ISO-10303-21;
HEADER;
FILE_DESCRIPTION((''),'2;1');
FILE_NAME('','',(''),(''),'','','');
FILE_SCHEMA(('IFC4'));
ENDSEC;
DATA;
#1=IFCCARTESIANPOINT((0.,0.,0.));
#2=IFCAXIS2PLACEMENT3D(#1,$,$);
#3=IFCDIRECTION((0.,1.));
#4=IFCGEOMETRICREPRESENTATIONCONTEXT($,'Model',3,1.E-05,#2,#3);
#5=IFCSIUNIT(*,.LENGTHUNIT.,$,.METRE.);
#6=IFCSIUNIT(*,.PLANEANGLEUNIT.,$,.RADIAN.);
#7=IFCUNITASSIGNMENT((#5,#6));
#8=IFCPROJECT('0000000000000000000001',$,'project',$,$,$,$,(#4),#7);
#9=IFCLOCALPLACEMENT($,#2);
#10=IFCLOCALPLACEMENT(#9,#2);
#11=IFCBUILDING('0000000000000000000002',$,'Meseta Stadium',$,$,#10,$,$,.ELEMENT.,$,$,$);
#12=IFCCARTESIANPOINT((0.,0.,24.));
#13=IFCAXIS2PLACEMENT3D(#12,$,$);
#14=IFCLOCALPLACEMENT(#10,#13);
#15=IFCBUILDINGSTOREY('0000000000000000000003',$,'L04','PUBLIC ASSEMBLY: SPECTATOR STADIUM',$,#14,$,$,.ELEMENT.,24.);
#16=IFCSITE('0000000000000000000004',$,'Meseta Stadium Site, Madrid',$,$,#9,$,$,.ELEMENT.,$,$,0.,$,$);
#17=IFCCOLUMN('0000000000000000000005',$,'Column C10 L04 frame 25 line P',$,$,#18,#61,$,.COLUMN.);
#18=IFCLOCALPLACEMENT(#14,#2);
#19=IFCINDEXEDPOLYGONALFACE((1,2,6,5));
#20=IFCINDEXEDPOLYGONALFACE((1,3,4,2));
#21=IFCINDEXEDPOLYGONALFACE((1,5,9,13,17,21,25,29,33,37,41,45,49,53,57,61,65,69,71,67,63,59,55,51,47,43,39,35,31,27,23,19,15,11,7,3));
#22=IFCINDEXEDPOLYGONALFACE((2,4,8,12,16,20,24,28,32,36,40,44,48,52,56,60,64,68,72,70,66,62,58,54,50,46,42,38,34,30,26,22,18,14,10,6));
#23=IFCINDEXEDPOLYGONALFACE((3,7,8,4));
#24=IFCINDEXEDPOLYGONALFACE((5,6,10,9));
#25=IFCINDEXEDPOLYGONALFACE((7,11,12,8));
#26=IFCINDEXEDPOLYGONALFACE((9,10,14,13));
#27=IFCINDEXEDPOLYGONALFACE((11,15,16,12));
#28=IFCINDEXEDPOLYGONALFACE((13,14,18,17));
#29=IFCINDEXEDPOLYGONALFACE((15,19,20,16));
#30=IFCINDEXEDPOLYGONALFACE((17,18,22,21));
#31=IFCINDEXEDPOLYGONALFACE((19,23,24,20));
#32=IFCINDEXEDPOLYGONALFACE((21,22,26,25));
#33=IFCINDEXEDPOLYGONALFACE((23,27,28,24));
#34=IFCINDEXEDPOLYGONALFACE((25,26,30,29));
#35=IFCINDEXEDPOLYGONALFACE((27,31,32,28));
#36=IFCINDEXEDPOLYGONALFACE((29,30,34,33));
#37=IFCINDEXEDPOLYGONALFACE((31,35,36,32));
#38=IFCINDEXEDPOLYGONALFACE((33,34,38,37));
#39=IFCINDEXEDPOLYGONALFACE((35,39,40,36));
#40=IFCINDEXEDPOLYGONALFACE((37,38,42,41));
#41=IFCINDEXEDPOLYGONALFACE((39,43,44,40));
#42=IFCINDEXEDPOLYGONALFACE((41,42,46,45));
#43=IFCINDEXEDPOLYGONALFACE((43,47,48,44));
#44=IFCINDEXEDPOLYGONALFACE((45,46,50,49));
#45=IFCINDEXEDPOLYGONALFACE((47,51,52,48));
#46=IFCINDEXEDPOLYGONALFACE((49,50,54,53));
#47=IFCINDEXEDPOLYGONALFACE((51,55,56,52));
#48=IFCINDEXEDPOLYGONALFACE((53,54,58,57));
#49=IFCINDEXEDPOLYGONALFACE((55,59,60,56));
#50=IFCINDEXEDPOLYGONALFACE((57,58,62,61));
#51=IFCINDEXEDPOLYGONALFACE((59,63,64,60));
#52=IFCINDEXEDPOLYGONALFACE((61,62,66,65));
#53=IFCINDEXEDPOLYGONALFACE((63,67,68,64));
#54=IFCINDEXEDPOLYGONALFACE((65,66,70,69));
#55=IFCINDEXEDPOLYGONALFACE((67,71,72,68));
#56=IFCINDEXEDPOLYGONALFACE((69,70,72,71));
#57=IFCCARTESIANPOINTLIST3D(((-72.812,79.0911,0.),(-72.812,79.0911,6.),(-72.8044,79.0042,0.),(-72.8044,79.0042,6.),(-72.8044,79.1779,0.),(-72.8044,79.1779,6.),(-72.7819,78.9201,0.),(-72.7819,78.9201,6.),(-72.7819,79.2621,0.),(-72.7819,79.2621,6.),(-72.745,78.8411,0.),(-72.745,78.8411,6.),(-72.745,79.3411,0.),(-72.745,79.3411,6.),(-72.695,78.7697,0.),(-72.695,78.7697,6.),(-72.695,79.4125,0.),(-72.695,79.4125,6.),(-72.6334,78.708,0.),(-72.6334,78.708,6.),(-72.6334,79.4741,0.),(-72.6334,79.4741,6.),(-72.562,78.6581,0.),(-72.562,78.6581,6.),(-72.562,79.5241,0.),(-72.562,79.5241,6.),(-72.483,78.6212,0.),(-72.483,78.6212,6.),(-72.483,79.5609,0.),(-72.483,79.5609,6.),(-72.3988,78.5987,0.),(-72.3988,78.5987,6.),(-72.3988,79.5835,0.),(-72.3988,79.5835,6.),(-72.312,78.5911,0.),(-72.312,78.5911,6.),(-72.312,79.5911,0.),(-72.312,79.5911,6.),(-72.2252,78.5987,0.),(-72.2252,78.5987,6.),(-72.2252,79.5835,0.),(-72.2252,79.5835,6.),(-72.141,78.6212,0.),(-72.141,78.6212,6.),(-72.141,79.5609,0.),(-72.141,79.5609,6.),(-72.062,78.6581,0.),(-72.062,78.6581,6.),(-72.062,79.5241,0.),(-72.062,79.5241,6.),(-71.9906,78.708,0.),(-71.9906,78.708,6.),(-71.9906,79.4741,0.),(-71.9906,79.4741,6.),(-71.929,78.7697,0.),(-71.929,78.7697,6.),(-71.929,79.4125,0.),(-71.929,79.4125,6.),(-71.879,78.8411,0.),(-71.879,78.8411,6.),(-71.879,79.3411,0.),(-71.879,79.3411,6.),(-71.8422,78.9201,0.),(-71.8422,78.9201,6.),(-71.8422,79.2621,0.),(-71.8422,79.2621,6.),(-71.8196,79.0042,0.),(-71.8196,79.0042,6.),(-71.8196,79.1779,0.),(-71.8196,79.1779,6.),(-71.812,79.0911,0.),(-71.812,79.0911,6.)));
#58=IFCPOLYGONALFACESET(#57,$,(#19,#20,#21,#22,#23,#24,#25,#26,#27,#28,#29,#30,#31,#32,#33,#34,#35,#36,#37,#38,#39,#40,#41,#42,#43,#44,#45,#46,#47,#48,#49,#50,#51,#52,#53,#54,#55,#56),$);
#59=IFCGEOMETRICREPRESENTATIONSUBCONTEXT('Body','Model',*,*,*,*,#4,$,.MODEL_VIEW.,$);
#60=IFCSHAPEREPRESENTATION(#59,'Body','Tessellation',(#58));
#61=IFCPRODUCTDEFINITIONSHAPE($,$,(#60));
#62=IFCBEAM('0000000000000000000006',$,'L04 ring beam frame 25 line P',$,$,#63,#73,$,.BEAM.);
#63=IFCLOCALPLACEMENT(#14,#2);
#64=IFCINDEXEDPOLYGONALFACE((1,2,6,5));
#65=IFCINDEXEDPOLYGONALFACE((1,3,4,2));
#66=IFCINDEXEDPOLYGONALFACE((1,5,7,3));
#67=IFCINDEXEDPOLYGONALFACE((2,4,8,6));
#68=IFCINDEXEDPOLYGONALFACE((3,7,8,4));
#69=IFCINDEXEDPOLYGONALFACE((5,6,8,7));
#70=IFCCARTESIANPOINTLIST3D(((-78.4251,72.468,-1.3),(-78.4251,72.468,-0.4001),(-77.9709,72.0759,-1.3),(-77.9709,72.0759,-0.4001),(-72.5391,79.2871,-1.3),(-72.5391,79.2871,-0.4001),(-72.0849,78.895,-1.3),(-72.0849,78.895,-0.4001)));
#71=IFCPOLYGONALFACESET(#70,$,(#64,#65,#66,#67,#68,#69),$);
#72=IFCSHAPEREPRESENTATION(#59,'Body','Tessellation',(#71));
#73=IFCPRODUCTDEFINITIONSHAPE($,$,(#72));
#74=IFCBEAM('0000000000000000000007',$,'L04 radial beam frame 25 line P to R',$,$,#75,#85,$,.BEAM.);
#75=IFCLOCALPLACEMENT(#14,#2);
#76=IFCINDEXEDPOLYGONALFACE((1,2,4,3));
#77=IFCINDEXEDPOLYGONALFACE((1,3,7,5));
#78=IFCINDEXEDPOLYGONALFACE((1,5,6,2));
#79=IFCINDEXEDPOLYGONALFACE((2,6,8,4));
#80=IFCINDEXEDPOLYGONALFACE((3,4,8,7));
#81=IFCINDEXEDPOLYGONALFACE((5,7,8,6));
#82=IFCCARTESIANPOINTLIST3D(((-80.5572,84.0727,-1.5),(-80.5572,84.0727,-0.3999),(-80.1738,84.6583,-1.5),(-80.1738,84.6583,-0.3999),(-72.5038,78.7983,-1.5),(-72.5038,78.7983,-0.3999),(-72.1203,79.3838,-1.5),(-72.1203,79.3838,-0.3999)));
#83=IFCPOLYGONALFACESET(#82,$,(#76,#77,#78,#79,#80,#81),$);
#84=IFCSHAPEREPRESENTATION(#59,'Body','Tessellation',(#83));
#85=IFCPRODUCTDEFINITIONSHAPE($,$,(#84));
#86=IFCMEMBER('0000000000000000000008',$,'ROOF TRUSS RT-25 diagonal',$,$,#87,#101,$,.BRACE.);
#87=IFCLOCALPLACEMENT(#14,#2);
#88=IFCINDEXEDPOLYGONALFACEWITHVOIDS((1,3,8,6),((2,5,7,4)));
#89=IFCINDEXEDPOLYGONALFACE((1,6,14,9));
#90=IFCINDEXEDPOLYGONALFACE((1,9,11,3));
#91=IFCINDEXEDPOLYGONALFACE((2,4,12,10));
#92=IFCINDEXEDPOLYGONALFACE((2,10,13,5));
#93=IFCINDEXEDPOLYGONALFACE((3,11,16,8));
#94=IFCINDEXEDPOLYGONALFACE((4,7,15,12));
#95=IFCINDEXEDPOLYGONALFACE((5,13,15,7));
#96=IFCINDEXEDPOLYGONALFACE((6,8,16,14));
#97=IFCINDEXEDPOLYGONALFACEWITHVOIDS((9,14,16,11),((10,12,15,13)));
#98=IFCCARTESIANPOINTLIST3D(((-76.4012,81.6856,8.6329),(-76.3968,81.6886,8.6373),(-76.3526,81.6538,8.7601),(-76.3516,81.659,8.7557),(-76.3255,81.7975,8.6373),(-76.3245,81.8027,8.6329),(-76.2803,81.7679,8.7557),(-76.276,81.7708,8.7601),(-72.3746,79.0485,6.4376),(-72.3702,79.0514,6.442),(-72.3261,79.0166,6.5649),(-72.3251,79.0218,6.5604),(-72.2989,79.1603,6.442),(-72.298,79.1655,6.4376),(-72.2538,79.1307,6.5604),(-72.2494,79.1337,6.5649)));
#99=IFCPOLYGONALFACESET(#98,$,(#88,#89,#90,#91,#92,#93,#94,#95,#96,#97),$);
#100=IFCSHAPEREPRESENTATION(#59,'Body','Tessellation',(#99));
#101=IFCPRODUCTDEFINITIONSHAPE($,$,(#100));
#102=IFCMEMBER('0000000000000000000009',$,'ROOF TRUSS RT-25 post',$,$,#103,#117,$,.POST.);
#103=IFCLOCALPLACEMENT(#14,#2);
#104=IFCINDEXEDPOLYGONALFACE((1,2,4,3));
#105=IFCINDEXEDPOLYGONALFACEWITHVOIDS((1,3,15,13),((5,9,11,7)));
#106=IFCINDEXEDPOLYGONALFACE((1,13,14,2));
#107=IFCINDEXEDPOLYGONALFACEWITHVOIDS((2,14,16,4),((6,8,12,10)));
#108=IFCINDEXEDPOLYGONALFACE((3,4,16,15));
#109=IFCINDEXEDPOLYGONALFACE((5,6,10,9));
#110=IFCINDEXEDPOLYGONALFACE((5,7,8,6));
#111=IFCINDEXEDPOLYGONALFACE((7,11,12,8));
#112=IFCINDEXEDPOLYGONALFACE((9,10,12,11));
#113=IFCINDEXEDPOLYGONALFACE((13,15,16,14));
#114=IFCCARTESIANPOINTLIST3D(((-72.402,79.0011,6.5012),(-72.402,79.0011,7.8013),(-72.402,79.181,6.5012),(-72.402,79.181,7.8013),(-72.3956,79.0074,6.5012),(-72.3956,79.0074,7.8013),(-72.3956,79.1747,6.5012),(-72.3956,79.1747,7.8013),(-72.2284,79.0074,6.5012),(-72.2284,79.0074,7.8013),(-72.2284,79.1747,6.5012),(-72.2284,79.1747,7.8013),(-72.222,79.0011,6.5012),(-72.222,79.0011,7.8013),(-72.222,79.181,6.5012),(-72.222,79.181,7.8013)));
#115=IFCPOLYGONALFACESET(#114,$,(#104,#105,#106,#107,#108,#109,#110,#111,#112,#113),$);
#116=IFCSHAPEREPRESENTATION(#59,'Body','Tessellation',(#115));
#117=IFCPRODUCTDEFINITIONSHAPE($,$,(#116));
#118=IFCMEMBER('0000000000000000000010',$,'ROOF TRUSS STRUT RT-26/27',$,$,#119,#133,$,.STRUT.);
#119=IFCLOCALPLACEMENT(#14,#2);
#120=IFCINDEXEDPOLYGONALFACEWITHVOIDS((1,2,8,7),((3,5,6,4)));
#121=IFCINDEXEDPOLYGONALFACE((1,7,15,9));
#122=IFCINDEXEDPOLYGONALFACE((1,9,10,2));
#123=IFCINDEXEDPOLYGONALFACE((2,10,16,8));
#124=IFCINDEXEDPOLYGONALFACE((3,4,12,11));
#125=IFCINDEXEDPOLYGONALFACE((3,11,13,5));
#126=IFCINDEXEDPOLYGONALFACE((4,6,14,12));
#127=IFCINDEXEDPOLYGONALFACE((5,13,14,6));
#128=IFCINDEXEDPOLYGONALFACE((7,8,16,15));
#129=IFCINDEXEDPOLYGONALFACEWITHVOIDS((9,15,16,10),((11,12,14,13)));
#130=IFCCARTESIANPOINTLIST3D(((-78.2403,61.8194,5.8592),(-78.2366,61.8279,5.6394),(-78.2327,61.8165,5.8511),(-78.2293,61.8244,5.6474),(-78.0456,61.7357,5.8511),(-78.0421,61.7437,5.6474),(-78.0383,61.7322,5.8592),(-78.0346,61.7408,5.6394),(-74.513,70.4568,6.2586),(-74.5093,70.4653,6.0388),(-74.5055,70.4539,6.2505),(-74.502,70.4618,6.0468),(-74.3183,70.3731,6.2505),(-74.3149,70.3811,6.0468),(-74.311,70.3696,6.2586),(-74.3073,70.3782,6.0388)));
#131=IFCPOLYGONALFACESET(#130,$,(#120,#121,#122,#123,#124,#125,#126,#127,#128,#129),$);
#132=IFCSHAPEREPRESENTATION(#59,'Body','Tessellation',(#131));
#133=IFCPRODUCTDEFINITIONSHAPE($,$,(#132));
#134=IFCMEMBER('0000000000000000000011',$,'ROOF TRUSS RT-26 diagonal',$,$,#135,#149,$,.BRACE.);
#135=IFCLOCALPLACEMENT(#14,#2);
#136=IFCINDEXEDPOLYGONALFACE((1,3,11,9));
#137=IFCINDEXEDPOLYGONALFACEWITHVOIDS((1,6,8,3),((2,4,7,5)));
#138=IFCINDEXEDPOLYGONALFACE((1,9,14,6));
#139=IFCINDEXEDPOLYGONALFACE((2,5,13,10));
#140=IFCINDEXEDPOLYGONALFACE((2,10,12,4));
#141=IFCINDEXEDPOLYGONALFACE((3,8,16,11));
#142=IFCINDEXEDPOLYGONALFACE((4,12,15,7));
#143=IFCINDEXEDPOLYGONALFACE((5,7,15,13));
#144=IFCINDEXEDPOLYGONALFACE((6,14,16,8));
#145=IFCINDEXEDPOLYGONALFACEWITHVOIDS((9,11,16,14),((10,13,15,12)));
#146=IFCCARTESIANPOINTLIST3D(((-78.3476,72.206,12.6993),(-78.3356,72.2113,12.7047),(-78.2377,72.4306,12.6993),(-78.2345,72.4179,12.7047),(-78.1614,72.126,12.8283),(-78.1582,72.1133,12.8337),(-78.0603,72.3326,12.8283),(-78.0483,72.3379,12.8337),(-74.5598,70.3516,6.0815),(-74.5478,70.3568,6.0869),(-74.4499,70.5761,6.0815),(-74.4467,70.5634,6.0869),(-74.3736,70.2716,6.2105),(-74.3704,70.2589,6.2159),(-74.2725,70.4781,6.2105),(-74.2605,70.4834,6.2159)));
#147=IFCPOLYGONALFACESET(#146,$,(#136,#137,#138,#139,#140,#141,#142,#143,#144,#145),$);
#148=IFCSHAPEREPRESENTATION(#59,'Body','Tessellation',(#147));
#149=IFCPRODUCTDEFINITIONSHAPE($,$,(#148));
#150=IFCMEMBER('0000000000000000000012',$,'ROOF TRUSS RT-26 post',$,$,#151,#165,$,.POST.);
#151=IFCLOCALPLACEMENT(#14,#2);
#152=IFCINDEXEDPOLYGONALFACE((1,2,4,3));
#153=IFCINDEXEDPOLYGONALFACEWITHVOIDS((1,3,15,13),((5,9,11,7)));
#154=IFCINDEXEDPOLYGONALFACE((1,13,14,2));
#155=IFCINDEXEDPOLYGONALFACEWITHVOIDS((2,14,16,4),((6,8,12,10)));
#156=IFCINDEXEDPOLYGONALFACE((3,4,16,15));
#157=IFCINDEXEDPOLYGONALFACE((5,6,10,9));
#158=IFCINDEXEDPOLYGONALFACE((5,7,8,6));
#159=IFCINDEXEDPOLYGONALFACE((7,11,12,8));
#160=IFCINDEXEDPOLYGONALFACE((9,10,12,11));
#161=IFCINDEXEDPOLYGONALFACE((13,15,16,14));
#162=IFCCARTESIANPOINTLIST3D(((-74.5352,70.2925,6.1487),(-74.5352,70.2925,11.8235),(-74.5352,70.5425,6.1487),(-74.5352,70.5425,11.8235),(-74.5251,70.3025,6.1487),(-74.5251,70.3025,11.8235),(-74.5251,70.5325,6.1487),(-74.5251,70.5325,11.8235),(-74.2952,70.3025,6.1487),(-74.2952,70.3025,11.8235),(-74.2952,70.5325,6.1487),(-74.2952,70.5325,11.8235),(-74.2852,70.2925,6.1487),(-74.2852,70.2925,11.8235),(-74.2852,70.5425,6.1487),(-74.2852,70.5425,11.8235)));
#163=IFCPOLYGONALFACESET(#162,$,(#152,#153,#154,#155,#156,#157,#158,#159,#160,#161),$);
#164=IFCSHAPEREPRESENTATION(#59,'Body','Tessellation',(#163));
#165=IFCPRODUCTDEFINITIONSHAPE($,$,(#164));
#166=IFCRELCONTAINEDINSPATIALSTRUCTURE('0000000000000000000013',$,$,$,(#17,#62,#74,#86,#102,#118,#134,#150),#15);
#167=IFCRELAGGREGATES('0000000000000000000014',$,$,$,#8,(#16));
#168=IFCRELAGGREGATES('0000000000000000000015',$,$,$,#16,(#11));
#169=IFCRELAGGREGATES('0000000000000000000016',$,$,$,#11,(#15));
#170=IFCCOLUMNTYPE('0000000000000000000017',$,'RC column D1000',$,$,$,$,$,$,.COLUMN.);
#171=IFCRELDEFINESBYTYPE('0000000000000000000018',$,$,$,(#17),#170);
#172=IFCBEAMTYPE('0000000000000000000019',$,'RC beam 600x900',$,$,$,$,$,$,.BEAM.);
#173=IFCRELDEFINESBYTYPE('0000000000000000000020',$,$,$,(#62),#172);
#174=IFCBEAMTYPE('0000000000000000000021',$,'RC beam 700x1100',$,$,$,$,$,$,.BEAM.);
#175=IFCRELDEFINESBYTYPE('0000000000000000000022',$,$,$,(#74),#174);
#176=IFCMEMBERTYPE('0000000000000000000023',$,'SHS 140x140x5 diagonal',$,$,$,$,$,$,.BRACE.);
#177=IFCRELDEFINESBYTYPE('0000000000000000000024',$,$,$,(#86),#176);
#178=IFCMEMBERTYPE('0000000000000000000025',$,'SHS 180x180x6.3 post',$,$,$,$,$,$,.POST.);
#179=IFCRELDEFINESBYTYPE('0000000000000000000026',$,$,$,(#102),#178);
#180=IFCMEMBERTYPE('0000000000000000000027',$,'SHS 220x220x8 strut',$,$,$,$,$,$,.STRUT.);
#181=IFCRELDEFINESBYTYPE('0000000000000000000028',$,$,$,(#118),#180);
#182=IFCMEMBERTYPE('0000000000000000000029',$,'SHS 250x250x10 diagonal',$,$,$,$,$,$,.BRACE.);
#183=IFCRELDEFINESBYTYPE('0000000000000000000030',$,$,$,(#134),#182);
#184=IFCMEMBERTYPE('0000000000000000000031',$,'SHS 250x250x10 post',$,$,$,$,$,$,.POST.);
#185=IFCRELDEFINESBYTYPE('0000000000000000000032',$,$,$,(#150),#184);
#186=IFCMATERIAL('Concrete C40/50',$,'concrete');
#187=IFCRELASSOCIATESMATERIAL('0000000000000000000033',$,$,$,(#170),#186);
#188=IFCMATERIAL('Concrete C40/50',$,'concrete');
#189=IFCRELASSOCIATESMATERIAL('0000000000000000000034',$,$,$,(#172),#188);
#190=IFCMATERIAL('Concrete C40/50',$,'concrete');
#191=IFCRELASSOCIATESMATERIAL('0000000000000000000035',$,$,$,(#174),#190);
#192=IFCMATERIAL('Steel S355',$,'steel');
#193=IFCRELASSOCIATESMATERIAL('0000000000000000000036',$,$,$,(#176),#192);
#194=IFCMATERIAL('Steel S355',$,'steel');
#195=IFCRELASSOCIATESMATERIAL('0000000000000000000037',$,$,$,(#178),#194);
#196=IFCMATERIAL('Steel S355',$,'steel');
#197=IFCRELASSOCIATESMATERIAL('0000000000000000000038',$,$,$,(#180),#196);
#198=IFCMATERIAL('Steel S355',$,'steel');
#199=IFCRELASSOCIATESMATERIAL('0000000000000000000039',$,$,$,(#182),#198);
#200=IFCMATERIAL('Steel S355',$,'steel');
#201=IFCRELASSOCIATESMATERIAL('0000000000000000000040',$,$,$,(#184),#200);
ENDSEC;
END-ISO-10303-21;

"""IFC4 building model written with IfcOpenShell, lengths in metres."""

from ifc_helpers import new_model, si_unit, direction, frame, origin, origin_2d, place, context, subcontext, project, spatial, rectangle, hollow_rectangle, circle, extrude, material, material_profile, profile_set, type_object, element, save


model = new_model("IFC4")

# Units and contexts
model_context = context("Model", 3, precision=1e-05, world=origin(), true_north=direction((0.0, 1.0)))
body_context = subcontext(model_context, "Body", "Model", "MODEL_VIEW")
ifc_project = project(units=[si_unit("LENGTHUNIT", "METRE"), si_unit("PLANEANGLEUNIT", "RADIAN")], contexts=[model_context])

# Site, building, storey
site_placement = place(None, origin())
site = spatial("IfcSite", under=ifc_project, at=site_placement, Name="Meseta Stadium Site, Madrid", CompositionType="ELEMENT", RefElevation=0.0)
building_placement = place(site_placement, origin())
building = spatial("IfcBuilding", under=site, at=building_placement, Name="Meseta Stadium", CompositionType="ELEMENT")
storey_placement = place(building_placement, frame((0.0, 0.0, 24.0)))
storey = spatial("IfcBuildingStorey", under=building, at=storey_placement, Name="L04", Description="PUBLIC ASSEMBLY: SPECTATOR STADIUM", CompositionType="ELEMENT", Elevation=24.0)

# Column
ifc_material_1 = material(Name="Concrete C40/50", Category="concrete")
ifc_material_profile_1 = material_profile(ifc_material_1, circle(Radius=0.5, at=origin_2d()), Name="RC D1000")
ifc_profile_set_1 = profile_set([ifc_material_profile_1], Name="Concrete C40/50")
column_type = type_object("IfcColumnType", Name="RC column D1000", PredefinedType="COLUMN", material=ifc_profile_set_1)
column_placement = place(storey_placement, frame((-72.312, 79.0911, 0.0), z_axis=(0.0, 0.0, 1.0), x_axis=(1.0, 0.0, 0.0)))
element("IfcColumn", 1, at=column_placement, inside=storey, type_object=column_type, Name="Column C10 L04 frame 25 line P", PredefinedType="COLUMN", context=body_context, shape_type="SweptSolid", body=[
    extrude(circle(Radius=0.5, at=origin_2d()), origin(), (0.0, 0.0, 1.0), 6.0),
])

# Beams
ifc_material_2 = material(Name="Concrete C40/50", Category="concrete")
ifc_material_profile_2 = material_profile(ifc_material_2, rectangle(XDim=0.6001, YDim=0.8999, at=origin_2d()), Name="RC 600x900")
ifc_profile_set_2 = profile_set([ifc_material_profile_2], Name="Concrete C40/50")
beam_type_1 = type_object("IfcBeamType", Name="RC beam 600x900", PredefinedType="BEAM", material=ifc_profile_set_2)
beam_1_placement = place(storey_placement, frame((-72.312, 79.0911, -0.8501), z_axis=(-0.653415, -0.757, 0.0), x_axis=(0.757, -0.653415, 0.0)))
element("IfcBeam", 2, at=beam_1_placement, inside=storey, type_object=beam_type_1, Name="L04 ring beam frame 25 line P", PredefinedType="BEAM", context=body_context, shape_type="SweptSolid", body=[
    extrude(rectangle(XDim=0.6001, YDim=0.8999, at=origin_2d()), origin(), (0.0, 0.0, 1.0), 9.0081),
])
ifc_material_3 = material(Name="Concrete C40/50", Category="concrete")
ifc_material_profile_3 = material_profile(ifc_material_3, rectangle(XDim=0.7, YDim=1.1001, at=origin_2d()), Name="RC 700x1100")
ifc_profile_set_3 = profile_set([ifc_material_profile_3], Name="Concrete C40/50")
beam_type_2 = type_object("IfcBeamType", Name="RC beam 700x1100", PredefinedType="BEAM", material=ifc_profile_set_3)
beam_2_placement = place(storey_placement, frame((-72.312, 79.0911, -0.95), z_axis=(-0.836556, 0.547881, 0.0), x_axis=(-0.547881, -0.836556, 0.0)))
element("IfcBeam", 3, at=beam_2_placement, inside=storey, type_object=beam_type_2, Name="L04 radial beam frame 25 line P to R", PredefinedType="BEAM", context=body_context, shape_type="SweptSolid", body=[
    extrude(rectangle(XDim=0.7, YDim=1.1001, at=origin_2d()), origin(), (0.0, 0.0, 1.0), 9.627),
])

# Members
ifc_material_4 = material(Name="Steel S355", Category="steel")
ifc_material_profile_4 = material_profile(ifc_material_4, hollow_rectangle(XDim=0.1399, YDim=0.1399, WallThickness=0.0049, at=origin_2d()), Name="SHS 140x140x5")
ifc_profile_set_4 = profile_set([ifc_material_profile_4], Name="Steel S355")
member_type_1 = type_object("IfcMemberType", Name="SHS 140x140x5 diagonal", PredefinedType="BRACE", material=ifc_profile_set_4)
member_1_placement = place(storey_placement, frame((-72.312, 79.0911, 6.5012), z_axis=(-0.761123, 0.498493, 0.414965), x_axis=(-0.547893, -0.836549, 0.0)))
element("IfcMember", 4, at=member_1_placement, inside=storey, type_object=member_type_1, Name="ROOF TRUSS RT-25 diagonal", PredefinedType="BRACE", context=body_context, shape_type="SweptSolid", body=[
    extrude(hollow_rectangle(XDim=0.1399, YDim=0.1399, WallThickness=0.0049, at=origin_2d()), origin(), (0.0, 0.0, 1.0), 5.2903),
])
ifc_material_5 = material(Name="Steel S355", Category="steel")
ifc_material_profile_5 = material_profile(ifc_material_5, hollow_rectangle(XDim=0.1799, YDim=0.1799, WallThickness=0.0063, at=origin_2d()), Name="SHS 180x180x6.3")
ifc_profile_set_5 = profile_set([ifc_material_profile_5], Name="Steel S355")
member_type_2 = type_object("IfcMemberType", Name="SHS 180x180x6.3 post", PredefinedType="POST", material=ifc_profile_set_5)
member_2_placement = place(storey_placement, frame((-72.312, 79.0911, 6.5012), z_axis=(0.0, 0.0, 1.0), x_axis=(1.0, 0.0, 0.0)))
element("IfcMember", 5, at=member_2_placement, inside=storey, type_object=member_type_2, Name="ROOF TRUSS RT-25 post", PredefinedType="POST", context=body_context, shape_type="SweptSolid", body=[
    extrude(hollow_rectangle(XDim=0.1799, YDim=0.1799, WallThickness=0.0063, at=origin_2d()), origin(), (0.0, 0.0, 1.0), 1.3),
])
ifc_material_6 = material(Name="Steel S355", Category="steel")
ifc_material_profile_6 = material_profile(ifc_material_6, hollow_rectangle(XDim=0.22, YDim=0.22, WallThickness=0.0081, at=origin_2d()), Name="SHS 220x220x8")
ifc_profile_set_6 = profile_set([ifc_material_profile_6], Name="Steel S355")
member_type_3 = type_object("IfcMemberType", Name="SHS 220x220x8 strut", PredefinedType="STRUT", material=ifc_profile_set_6)
member_3_placement = place(storey_placement, frame((-74.4102, 70.4175, 6.1487), z_axis=(-0.395854, -0.917333, -0.042419), x_axis=(0.91816, -0.396211, 0.0)))
element("IfcMember", 6, at=member_3_placement, inside=storey, type_object=member_type_3, Name="ROOF TRUSS STRUT RT-26/27", PredefinedType="STRUT", context=body_context, shape_type="SweptSolid", body=[
    extrude(hollow_rectangle(XDim=0.22, YDim=0.22, WallThickness=0.0081, at=origin_2d()), origin(), (0.0, 0.0, 1.0), 9.4158),
])
ifc_material_7 = material(Name="Steel S355", Category="steel")
ifc_material_profile_7 = material_profile(ifc_material_7, hollow_rectangle(XDim=0.25, YDim=0.25, WallThickness=0.01, at=origin_2d()), Name="SHS 250x250x10")
ifc_profile_set_7 = profile_set([ifc_material_profile_7], Name="Steel S355")
member_type_4 = type_object("IfcMemberType", Name="SHS 250x250x10 diagonal", PredefinedType="BRACE", material=ifc_profile_set_7)
member_4_placement = place(storey_placement, frame((-74.4102, 70.4175, 6.1487), z_axis=(-0.482679, 0.236315, 0.843312), x_axis=(-0.439719, -0.898135, 0.0)))
element("IfcMember", 7, at=member_4_placement, inside=storey, type_object=member_type_4, Name="ROOF TRUSS RT-26 diagonal", PredefinedType="BRACE", context=body_context, shape_type="SweptSolid", body=[
    extrude(hollow_rectangle(XDim=0.25, YDim=0.25, WallThickness=0.01, at=origin_2d()), origin(), (0.0, 0.0, 1.0), 7.8474),
])
ifc_material_8 = material(Name="Steel S355", Category="steel")
ifc_material_profile_8 = material_profile(ifc_material_8, hollow_rectangle(XDim=0.25, YDim=0.25, WallThickness=0.01, at=origin_2d()), Name="SHS 250x250x10")
ifc_profile_set_8 = profile_set([ifc_material_profile_8], Name="Steel S355")
member_type_5 = type_object("IfcMemberType", Name="SHS 250x250x10 post", PredefinedType="POST", material=ifc_profile_set_8)
member_5_placement = place(storey_placement, frame((-74.4102, 70.4175, 6.1487), z_axis=(0.0, 0.0, 1.0), x_axis=(1.0, 0.0, 0.0)))
element("IfcMember", 8, at=member_5_placement, inside=storey, type_object=member_type_5, Name="ROOF TRUSS RT-26 post", PredefinedType="POST", context=body_context, shape_type="SweptSolid", body=[
    extrude(hollow_rectangle(XDim=0.25, YDim=0.25, WallThickness=0.01, at=origin_2d()), origin(), (0.0, 0.0, 1.0), 5.6748),
])

save(model, "model.ifc")
